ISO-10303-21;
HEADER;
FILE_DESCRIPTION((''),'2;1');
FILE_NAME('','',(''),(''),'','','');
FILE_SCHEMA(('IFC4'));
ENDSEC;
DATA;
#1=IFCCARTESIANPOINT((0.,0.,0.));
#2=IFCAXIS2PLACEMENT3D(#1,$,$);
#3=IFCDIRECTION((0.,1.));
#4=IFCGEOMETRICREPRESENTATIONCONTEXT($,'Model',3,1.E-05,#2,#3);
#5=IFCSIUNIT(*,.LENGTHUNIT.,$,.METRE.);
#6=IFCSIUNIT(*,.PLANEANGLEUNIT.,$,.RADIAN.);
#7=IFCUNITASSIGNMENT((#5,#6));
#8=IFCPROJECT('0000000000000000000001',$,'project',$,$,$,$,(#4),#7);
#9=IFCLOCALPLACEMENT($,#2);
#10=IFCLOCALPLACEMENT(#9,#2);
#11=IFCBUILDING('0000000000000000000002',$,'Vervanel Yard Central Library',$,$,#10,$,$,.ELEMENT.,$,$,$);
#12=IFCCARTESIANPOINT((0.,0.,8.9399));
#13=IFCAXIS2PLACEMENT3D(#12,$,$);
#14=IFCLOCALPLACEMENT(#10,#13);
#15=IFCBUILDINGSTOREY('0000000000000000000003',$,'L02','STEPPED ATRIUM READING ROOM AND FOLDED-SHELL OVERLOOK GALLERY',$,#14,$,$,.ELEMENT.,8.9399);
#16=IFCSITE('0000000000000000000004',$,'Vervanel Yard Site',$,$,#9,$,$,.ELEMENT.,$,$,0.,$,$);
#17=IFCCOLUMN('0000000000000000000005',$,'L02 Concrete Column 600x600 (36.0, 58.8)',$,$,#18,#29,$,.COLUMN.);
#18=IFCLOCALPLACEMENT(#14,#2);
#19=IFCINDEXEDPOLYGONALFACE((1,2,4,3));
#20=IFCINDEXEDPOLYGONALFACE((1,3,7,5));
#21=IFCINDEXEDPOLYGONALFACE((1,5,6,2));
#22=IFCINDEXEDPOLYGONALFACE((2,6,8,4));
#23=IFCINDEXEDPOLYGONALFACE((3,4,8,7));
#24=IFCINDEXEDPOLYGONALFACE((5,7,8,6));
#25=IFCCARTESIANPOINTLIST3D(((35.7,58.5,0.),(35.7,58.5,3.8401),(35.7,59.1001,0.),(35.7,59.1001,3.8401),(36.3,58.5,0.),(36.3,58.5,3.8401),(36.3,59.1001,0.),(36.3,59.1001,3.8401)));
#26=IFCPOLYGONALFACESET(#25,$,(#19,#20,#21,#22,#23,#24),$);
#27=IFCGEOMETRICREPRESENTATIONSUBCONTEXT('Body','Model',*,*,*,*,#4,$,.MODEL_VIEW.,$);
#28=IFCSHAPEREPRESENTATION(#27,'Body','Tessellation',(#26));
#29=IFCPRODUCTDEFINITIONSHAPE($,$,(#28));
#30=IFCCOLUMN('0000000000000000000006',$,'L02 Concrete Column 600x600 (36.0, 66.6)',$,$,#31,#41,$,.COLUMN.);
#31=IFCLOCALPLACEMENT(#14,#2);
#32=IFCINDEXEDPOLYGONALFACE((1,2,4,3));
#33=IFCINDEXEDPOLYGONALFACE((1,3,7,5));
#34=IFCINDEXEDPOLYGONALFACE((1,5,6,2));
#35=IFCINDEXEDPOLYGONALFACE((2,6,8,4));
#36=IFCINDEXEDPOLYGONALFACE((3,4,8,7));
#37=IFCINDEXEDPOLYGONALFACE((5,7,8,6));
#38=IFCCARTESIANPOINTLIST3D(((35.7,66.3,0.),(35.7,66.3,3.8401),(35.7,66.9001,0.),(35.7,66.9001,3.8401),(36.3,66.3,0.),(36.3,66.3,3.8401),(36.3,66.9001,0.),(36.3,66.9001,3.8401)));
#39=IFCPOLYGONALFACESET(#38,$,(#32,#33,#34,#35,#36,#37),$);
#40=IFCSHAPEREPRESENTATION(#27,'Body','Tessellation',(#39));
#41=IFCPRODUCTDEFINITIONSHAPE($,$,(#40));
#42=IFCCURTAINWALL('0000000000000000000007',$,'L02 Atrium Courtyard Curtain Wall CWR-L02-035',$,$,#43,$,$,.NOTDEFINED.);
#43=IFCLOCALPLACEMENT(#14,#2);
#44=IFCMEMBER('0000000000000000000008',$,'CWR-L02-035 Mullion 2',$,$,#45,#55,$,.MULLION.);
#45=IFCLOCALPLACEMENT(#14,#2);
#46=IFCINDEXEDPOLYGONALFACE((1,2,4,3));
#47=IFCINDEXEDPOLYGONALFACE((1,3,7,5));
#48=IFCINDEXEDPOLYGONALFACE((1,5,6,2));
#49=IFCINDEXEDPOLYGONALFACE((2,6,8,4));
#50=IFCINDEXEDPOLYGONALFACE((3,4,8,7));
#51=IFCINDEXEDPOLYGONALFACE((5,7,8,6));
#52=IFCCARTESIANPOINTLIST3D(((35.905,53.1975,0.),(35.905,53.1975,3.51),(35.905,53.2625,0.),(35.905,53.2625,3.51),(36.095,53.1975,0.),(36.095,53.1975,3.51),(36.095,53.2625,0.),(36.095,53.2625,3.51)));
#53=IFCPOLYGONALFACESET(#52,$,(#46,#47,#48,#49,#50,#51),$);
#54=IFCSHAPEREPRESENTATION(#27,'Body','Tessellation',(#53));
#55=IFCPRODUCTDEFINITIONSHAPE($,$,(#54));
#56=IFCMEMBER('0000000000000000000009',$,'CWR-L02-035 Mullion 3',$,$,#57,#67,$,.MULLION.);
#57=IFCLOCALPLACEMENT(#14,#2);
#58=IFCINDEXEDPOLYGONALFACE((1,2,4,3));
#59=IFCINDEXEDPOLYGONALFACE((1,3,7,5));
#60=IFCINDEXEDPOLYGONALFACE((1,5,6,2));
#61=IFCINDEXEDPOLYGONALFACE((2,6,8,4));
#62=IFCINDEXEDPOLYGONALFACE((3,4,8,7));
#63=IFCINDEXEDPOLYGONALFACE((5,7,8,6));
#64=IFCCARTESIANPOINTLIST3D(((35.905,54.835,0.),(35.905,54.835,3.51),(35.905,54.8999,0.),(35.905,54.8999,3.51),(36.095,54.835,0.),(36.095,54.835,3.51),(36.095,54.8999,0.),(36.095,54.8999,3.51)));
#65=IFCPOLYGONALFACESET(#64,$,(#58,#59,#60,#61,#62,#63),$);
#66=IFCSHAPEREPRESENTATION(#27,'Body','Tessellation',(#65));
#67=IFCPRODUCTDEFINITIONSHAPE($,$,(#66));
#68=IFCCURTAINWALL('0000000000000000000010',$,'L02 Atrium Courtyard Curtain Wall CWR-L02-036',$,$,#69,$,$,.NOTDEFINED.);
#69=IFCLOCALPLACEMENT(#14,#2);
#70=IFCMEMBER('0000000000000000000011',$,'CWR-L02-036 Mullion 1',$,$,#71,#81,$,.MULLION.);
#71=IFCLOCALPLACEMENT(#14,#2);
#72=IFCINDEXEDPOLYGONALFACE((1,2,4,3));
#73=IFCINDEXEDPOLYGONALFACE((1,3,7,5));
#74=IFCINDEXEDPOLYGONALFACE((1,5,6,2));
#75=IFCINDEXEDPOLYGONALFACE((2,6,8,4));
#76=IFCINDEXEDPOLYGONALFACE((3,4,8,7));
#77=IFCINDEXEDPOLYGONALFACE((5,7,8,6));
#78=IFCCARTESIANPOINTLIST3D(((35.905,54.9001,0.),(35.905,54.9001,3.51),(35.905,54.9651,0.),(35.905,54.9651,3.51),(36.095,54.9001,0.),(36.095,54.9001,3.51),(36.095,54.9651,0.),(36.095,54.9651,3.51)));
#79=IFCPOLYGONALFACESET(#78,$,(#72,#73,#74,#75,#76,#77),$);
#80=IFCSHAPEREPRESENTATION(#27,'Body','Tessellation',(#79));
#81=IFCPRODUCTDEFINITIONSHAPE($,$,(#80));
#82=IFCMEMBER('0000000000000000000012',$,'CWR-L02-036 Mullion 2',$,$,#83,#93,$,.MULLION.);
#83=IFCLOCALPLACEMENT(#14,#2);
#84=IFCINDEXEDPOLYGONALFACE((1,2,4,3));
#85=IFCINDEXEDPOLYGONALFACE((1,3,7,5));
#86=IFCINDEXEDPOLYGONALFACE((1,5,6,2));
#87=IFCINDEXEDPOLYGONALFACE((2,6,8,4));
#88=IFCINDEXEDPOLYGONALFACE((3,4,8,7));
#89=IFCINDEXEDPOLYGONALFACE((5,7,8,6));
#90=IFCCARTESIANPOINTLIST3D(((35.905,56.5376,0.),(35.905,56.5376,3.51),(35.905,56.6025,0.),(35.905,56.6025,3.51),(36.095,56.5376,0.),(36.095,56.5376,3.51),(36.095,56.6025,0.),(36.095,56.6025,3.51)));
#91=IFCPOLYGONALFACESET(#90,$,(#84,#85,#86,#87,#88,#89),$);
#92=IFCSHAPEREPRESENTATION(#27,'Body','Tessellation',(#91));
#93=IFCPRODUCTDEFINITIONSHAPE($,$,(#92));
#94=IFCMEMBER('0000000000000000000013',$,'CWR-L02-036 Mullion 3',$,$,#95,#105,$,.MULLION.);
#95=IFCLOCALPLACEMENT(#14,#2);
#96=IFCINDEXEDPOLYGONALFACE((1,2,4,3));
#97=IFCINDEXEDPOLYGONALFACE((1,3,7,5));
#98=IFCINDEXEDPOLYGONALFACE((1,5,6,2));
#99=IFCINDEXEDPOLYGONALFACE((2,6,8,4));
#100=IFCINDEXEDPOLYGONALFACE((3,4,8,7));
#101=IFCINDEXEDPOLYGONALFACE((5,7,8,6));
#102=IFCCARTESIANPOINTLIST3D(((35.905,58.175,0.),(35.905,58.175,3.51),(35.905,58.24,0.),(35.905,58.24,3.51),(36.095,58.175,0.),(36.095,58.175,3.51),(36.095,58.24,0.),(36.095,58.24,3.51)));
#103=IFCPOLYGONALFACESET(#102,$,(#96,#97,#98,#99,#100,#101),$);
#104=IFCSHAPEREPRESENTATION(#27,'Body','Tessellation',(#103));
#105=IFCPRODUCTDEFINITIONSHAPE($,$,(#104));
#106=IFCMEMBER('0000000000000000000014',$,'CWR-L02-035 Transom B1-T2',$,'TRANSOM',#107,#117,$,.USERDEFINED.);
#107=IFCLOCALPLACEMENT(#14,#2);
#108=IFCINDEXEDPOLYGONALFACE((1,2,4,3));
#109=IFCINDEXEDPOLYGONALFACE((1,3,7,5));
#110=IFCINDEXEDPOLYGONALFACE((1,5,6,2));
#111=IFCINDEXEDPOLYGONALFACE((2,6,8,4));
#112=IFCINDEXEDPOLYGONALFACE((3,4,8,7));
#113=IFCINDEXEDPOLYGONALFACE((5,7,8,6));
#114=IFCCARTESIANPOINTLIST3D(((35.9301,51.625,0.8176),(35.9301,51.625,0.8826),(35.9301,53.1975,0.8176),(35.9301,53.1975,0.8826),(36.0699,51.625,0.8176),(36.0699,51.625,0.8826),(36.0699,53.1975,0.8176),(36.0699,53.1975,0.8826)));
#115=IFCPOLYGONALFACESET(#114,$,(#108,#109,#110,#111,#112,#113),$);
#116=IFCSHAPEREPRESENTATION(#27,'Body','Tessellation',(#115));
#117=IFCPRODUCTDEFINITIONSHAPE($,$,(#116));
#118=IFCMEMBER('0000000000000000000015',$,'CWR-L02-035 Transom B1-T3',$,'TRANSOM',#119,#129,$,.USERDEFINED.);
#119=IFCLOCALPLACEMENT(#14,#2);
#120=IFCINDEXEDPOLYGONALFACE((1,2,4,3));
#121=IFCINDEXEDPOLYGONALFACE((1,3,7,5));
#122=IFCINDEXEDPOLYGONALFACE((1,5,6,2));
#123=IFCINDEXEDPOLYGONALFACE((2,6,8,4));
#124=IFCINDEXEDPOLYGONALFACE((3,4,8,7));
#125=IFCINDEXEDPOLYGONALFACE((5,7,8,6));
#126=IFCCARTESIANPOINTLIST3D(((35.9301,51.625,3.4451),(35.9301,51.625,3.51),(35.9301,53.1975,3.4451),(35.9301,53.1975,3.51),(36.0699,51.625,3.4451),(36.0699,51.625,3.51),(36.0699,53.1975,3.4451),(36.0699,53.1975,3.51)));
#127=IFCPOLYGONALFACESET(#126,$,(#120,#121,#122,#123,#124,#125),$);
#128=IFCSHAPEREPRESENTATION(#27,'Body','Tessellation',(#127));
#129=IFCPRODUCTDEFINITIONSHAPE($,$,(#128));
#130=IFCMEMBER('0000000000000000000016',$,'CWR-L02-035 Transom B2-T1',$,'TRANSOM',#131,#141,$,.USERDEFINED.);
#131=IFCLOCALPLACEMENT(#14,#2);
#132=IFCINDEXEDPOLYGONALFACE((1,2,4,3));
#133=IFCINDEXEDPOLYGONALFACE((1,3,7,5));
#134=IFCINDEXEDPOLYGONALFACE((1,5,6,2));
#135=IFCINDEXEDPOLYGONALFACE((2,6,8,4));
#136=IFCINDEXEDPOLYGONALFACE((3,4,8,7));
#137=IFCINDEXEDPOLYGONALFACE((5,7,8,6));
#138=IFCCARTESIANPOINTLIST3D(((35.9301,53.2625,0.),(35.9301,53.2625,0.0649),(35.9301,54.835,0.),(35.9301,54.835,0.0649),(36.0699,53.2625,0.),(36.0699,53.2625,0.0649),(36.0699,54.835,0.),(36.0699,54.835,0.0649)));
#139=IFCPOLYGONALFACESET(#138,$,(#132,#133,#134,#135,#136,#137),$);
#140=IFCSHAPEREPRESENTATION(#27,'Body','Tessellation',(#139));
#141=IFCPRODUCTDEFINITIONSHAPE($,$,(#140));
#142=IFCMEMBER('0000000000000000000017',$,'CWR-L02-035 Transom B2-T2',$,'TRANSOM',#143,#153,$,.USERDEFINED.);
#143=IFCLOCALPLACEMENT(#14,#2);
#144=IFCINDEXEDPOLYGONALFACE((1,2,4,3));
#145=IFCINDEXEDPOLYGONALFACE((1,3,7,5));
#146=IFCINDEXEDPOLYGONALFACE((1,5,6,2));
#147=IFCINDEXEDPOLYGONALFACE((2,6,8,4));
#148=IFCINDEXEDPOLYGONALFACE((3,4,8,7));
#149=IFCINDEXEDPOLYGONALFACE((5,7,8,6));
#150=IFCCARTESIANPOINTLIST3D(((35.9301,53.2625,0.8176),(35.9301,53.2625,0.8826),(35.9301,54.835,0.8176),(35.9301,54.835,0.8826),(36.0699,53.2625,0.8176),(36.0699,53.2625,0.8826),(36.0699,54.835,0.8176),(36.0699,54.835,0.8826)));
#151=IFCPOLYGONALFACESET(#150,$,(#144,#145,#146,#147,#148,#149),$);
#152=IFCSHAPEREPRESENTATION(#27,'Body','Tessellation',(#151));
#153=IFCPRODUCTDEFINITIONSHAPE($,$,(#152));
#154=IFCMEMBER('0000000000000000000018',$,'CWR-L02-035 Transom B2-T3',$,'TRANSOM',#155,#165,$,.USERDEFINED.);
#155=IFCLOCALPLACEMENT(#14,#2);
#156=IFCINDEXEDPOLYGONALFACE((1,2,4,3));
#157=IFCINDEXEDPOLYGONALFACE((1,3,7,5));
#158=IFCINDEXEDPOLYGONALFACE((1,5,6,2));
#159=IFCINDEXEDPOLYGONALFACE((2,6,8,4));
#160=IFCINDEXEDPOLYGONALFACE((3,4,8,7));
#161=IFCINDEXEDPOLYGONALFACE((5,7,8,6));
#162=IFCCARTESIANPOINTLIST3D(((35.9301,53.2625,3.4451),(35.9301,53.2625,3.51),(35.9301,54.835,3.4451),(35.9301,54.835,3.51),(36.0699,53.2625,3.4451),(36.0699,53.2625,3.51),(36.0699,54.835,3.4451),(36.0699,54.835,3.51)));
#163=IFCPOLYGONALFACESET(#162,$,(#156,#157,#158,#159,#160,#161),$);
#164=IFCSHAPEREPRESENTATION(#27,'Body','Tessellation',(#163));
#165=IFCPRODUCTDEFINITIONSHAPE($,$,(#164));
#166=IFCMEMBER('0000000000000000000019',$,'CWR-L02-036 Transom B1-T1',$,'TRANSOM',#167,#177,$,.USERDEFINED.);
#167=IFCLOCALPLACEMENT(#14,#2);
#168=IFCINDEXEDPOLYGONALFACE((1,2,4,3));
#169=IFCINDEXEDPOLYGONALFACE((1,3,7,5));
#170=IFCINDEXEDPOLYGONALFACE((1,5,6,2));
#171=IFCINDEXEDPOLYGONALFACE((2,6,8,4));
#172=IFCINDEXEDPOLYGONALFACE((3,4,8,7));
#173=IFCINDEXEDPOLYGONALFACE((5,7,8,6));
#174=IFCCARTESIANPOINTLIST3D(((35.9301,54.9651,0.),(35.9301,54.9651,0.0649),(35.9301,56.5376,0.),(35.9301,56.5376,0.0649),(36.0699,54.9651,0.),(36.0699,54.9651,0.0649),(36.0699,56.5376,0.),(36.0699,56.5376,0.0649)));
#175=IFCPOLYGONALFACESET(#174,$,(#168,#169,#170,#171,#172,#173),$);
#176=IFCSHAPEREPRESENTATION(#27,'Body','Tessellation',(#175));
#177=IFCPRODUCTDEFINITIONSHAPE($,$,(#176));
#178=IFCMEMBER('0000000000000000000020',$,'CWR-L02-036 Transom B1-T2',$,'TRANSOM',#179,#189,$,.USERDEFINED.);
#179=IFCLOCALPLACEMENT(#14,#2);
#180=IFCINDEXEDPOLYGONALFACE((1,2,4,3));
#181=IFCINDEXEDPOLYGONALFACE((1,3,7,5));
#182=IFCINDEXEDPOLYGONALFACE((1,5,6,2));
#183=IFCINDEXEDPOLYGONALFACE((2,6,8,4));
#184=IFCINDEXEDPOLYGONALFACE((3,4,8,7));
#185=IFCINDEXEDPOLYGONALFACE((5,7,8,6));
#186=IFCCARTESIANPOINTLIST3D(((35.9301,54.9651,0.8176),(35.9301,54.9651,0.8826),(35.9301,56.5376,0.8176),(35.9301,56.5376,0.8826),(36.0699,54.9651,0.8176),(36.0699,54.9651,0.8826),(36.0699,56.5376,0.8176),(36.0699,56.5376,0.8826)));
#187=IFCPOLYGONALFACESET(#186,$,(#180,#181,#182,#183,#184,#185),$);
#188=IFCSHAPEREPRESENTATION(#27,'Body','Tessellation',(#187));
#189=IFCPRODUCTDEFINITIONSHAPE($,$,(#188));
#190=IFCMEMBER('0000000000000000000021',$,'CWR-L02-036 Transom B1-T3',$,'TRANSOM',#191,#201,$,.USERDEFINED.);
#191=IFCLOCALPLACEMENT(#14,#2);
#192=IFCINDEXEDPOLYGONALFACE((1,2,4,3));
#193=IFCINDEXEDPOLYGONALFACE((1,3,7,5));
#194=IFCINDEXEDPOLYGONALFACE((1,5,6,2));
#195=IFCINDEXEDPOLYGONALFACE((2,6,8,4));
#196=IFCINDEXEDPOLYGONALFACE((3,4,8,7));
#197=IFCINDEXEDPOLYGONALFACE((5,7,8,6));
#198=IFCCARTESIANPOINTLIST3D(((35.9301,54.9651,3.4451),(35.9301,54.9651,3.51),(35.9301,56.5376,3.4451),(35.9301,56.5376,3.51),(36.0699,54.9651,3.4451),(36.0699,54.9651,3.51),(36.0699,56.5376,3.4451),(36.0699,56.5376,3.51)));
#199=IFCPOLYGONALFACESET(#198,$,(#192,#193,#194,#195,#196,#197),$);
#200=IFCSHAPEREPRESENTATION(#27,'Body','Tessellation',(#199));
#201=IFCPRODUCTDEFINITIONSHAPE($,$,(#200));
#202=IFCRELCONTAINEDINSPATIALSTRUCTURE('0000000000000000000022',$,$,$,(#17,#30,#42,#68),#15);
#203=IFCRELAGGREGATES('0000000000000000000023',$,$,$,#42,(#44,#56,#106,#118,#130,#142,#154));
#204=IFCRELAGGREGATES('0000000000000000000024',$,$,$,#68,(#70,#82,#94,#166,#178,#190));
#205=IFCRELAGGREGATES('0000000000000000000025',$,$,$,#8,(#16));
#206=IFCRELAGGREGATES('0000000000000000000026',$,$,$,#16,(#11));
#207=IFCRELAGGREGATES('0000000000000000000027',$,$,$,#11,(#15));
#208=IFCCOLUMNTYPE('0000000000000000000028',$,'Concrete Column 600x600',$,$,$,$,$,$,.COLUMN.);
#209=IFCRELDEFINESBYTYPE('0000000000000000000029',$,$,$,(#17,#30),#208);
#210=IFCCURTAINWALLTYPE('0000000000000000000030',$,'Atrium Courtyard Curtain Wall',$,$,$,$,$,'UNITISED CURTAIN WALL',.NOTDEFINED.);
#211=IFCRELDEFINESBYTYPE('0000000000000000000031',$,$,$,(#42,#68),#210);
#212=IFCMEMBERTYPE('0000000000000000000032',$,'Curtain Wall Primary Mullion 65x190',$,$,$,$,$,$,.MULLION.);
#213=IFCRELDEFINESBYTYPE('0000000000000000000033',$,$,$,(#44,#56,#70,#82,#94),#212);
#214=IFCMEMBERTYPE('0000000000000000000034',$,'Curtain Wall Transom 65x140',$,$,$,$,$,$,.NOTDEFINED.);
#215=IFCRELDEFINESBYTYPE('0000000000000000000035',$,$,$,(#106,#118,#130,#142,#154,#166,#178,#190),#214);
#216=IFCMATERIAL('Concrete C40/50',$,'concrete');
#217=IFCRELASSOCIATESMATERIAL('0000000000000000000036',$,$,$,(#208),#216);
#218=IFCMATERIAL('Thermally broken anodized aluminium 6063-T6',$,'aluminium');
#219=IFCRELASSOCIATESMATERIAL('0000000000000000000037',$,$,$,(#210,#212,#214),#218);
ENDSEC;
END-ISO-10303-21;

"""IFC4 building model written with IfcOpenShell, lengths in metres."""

from ifc_helpers import new_model, si_unit, direction, frame, origin, origin_2d, place, context, subcontext, project, spatial, rectangle, extrude, material, material_profile, profile_set, type_object, element, aggregate, save


model = new_model("IFC4")

# Units and contexts
model_context = context("Model", 3, precision=1e-05, world=origin(), true_north=direction((0.0, 1.0)))
body_context = subcontext(model_context, "Body", "Model", "MODEL_VIEW")
ifc_project = project(units=[si_unit("LENGTHUNIT", "METRE"), si_unit("PLANEANGLEUNIT", "RADIAN")], contexts=[model_context])

# Site, building, storey
site_placement = place(None, origin())
site = spatial("IfcSite", under=ifc_project, at=site_placement, Name="Vervanel Yard Site", CompositionType="ELEMENT", RefElevation=0.0)
building_placement = place(site_placement, origin())
building = spatial("IfcBuilding", under=site, at=building_placement, Name="Vervanel Yard Central Library", CompositionType="ELEMENT")
storey_placement = place(building_placement, frame((0.0, 0.0, 8.9399)))
storey = spatial("IfcBuildingStorey", under=building, at=storey_placement, Name="L02", Description="STEPPED ATRIUM READING ROOM AND FOLDED-SHELL OVERLOOK GALLERY", CompositionType="ELEMENT", Elevation=8.9399)

# Columns
ifc_material_1 = material(Name="Concrete C40/50", Category="concrete")
ifc_material_profile_1 = material_profile(ifc_material_1, rectangle(XDim=0.6001, YDim=0.6001, at=origin_2d()), Name="RC 600x600", Category="concrete")
ifc_profile_set_1 = profile_set([ifc_material_profile_1], Name="Concrete C40/50")
column_type = type_object("IfcColumnType", Name="Concrete Column 600x600", PredefinedType="COLUMN", material=ifc_profile_set_1)
for number, where, z_axis, x_axis, name in (
    (1, (36.0, 58.8, 0.0), (0.0, 0.0, 1.0), (1.0, 0.0, 0.0), "L02 Concrete Column 600x600 (36.0, 58.8)"),
    (2, (36.0, 66.6001, 0.0), (0.0, 0.0, 1.0), (1.0, 0.0, 0.0), "L02 Concrete Column 600x600 (36.0, 66.6)"),
):
    element("IfcColumn", number, at=place(storey_placement, frame(where, z_axis=z_axis, x_axis=x_axis)), inside=storey, type_object=column_type, Name=name, PredefinedType="COLUMN", context=body_context, shape_type="SweptSolid", body=[
        extrude(rectangle(XDim=0.6001, YDim=0.6001, at=origin_2d()), origin(), (0.0, 0.0, 1.0), 3.8401),
    ])

# Curtain walls, members
ifc_material_2 = material(Name="Thermally broken anodized aluminium 6063-T6", Category="aluminium")
curtain_wall_type = type_object("IfcCurtainWallType", Name="Atrium Courtyard Curtain Wall", ElementType="UNITISED CURTAIN WALL", PredefinedType="NOTDEFINED", material=ifc_material_2)
curtain_wall_1_placement = place(storey_placement, origin())
curtain_wall_1 = element("IfcCurtainWall", 3, at=curtain_wall_1_placement, inside=storey, type_object=curtain_wall_type, Name="L02 Atrium Courtyard Curtain Wall CWR-L02-035", PredefinedType="NOTDEFINED")
ifc_material_profile_2 = material_profile(ifc_material_2, rectangle(XDim=0.0649, YDim=0.1899, at=origin_2d()), Name="ALU 65x190", Category="aluminium")
ifc_profile_set_2 = profile_set([ifc_material_profile_2], Name="Thermally broken anodized aluminium 6063-T6")
member_type_1 = type_object("IfcMemberType", Name="Curtain Wall Primary Mullion 65x190", PredefinedType="MULLION", material=ifc_profile_set_2)
member_1_placement = place(storey_placement, frame((36.0, 53.23, 0.0), z_axis=(0.0, 0.0, 1.0), x_axis=(0.0, 1.0, 0.0)))
member_1 = element("IfcMember", 4, at=member_1_placement, type_object=member_type_1, Name="CWR-L02-035 Mullion 2", PredefinedType="MULLION", context=body_context, shape_type="SweptSolid", body=[
    extrude(rectangle(XDim=0.0649, YDim=0.1899, at=origin_2d()), origin(), (0.0, 0.0, 1.0), 3.51),
])
member_2_placement = place(storey_placement, frame((36.0, 54.8674, 0.0), z_axis=(0.0, 0.0, 1.0), x_axis=(0.0, 1.0, 0.0)))
member_2 = element("IfcMember", 5, at=member_2_placement, type_object=member_type_1, Name="CWR-L02-035 Mullion 3", PredefinedType="MULLION", context=body_context, shape_type="SweptSolid", body=[
    extrude(rectangle(XDim=0.0649, YDim=0.1899, at=origin_2d()), origin(), (0.0, 0.0, 1.0), 3.51),
])
curtain_wall_2_placement = place(storey_placement, origin())
curtain_wall_2 = element("IfcCurtainWall", 6, at=curtain_wall_2_placement, inside=storey, type_object=curtain_wall_type, Name="L02 Atrium Courtyard Curtain Wall CWR-L02-036", PredefinedType="NOTDEFINED")
member_3_placement = place(storey_placement, frame((36.0, 54.9326, 0.0), z_axis=(0.0, 0.0, 1.0), x_axis=(0.0, 1.0, 0.0)))
member_3 = element("IfcMember", 7, at=member_3_placement, type_object=member_type_1, Name="CWR-L02-036 Mullion 1", PredefinedType="MULLION", context=body_context, shape_type="SweptSolid", body=[
    extrude(rectangle(XDim=0.0649, YDim=0.1899, at=origin_2d()), origin(), (0.0, 0.0, 1.0), 3.51),
])
member_4_placement = place(storey_placement, frame((36.0, 56.5701, 0.0), z_axis=(0.0, 0.0, 1.0), x_axis=(0.0, 1.0, 0.0)))
member_4 = element("IfcMember", 8, at=member_4_placement, type_object=member_type_1, Name="CWR-L02-036 Mullion 2", PredefinedType="MULLION", context=body_context, shape_type="SweptSolid", body=[
    extrude(rectangle(XDim=0.0649, YDim=0.1899, at=origin_2d()), origin(), (0.0, 0.0, 1.0), 3.51),
])
member_5_placement = place(storey_placement, frame((36.0, 58.2075, 0.0), z_axis=(0.0, 0.0, 1.0), x_axis=(0.0, 1.0, 0.0)))
member_5 = element("IfcMember", 9, at=member_5_placement, type_object=member_type_1, Name="CWR-L02-036 Mullion 3", PredefinedType="MULLION", context=body_context, shape_type="SweptSolid", body=[
    extrude(rectangle(XDim=0.0649, YDim=0.1899, at=origin_2d()), origin(), (0.0, 0.0, 1.0), 3.51),
])

# Members
ifc_material_profile_3 = material_profile(ifc_material_2, rectangle(XDim=0.0649, YDim=0.1399, at=origin_2d()), Name="ALU 65x140", Category="aluminium")
ifc_profile_set_3 = profile_set([ifc_material_profile_3], Name="Thermally broken anodized aluminium 6063-T6")
member_type_2 = type_object("IfcMemberType", Name="Curtain Wall Transom 65x140", PredefinedType="NOTDEFINED", material=ifc_profile_set_3)
member_6_placement = place(storey_placement, frame((36.0, 51.625, 0.8501), z_axis=(0.0, 1.0, 0.0), x_axis=(0.0, 0.0, 1.0)))
member_6 = element("IfcMember", 10, at=member_6_placement, type_object=member_type_2, Name="CWR-L02-035 Transom B1-T2", ObjectType="TRANSOM", PredefinedType="USERDEFINED", context=body_context, shape_type="SweptSolid", body=[
    extrude(rectangle(XDim=0.0649, YDim=0.1399, at=origin_2d()), origin(), (0.0, 0.0, 1.0), 1.5725),
])
member_7_placement = place(storey_placement, frame((36.0, 51.625, 3.4775), z_axis=(0.0, 1.0, 0.0), x_axis=(0.0, 0.0, 1.0)))
member_7 = element("IfcMember", 11, at=member_7_placement, type_object=member_type_2, Name="CWR-L02-035 Transom B1-T3", ObjectType="TRANSOM", PredefinedType="USERDEFINED", context=body_context, shape_type="SweptSolid", body=[
    extrude(rectangle(XDim=0.0649, YDim=0.1399, at=origin_2d()), origin(), (0.0, 0.0, 1.0), 1.5725),
])
member_8_placement = place(storey_placement, frame((36.0, 53.2625, 0.0325), z_axis=(0.0, 1.0, 0.0), x_axis=(0.0, 0.0, 1.0)))
member_8 = element("IfcMember", 12, at=member_8_placement, type_object=member_type_2, Name="CWR-L02-035 Transom B2-T1", ObjectType="TRANSOM", PredefinedType="USERDEFINED", context=body_context, shape_type="SweptSolid", body=[
    extrude(rectangle(XDim=0.0649, YDim=0.1399, at=origin_2d()), origin(), (0.0, 0.0, 1.0), 1.5725),
])
member_9_placement = place(storey_placement, frame((36.0, 53.2625, 0.8501), z_axis=(0.0, 1.0, 0.0), x_axis=(0.0, 0.0, 1.0)))
member_9 = element("IfcMember", 13, at=member_9_placement, type_object=member_type_2, Name="CWR-L02-035 Transom B2-T2", ObjectType="TRANSOM", PredefinedType="USERDEFINED", context=body_context, shape_type="SweptSolid", body=[
    extrude(rectangle(XDim=0.0649, YDim=0.1399, at=origin_2d()), origin(), (0.0, 0.0, 1.0), 1.5725),
])
member_10_placement = place(storey_placement, frame((36.0, 53.2625, 3.4775), z_axis=(0.0, 1.0, 0.0), x_axis=(0.0, 0.0, 1.0)))
member_10 = element("IfcMember", 14, at=member_10_placement, type_object=member_type_2, Name="CWR-L02-035 Transom B2-T3", ObjectType="TRANSOM", PredefinedType="USERDEFINED", context=body_context, shape_type="SweptSolid", body=[
    extrude(rectangle(XDim=0.0649, YDim=0.1399, at=origin_2d()), origin(), (0.0, 0.0, 1.0), 1.5725),
])
member_11_placement = place(storey_placement, frame((36.0, 54.9651, 0.0325), z_axis=(0.0, 1.0, 0.0), x_axis=(0.0, 0.0, 1.0)))
member_11 = element("IfcMember", 15, at=member_11_placement, type_object=member_type_2, Name="CWR-L02-036 Transom B1-T1", ObjectType="TRANSOM", PredefinedType="USERDEFINED", context=body_context, shape_type="SweptSolid", body=[
    extrude(rectangle(XDim=0.0649, YDim=0.1399, at=origin_2d()), origin(), (0.0, 0.0, 1.0), 1.5725),
])
member_12_placement = place(storey_placement, frame((36.0, 54.9651, 0.8501), z_axis=(0.0, 1.0, 0.0), x_axis=(0.0, 0.0, 1.0)))
member_12 = element("IfcMember", 16, at=member_12_placement, type_object=member_type_2, Name="CWR-L02-036 Transom B1-T2", ObjectType="TRANSOM", PredefinedType="USERDEFINED", context=body_context, shape_type="SweptSolid", body=[
    extrude(rectangle(XDim=0.0649, YDim=0.1399, at=origin_2d()), origin(), (0.0, 0.0, 1.0), 1.5725),
])
member_13_placement = place(storey_placement, frame((36.0, 54.9651, 3.4775), z_axis=(0.0, 1.0, 0.0), x_axis=(0.0, 0.0, 1.0)))
member_13 = element("IfcMember", 17, at=member_13_placement, type_object=member_type_2, Name="CWR-L02-036 Transom B1-T3", ObjectType="TRANSOM", PredefinedType="USERDEFINED", context=body_context, shape_type="SweptSolid", body=[
    extrude(rectangle(XDim=0.0649, YDim=0.1399, at=origin_2d()), origin(), (0.0, 0.0, 1.0), 1.5725),
])

aggregate(curtain_wall_1, [member_1, member_2, member_6, member_7, member_8, member_9, member_10])
aggregate(curtain_wall_2, [member_3, member_4, member_5, member_11, member_12, member_13])

save(model, "model.ifc")
